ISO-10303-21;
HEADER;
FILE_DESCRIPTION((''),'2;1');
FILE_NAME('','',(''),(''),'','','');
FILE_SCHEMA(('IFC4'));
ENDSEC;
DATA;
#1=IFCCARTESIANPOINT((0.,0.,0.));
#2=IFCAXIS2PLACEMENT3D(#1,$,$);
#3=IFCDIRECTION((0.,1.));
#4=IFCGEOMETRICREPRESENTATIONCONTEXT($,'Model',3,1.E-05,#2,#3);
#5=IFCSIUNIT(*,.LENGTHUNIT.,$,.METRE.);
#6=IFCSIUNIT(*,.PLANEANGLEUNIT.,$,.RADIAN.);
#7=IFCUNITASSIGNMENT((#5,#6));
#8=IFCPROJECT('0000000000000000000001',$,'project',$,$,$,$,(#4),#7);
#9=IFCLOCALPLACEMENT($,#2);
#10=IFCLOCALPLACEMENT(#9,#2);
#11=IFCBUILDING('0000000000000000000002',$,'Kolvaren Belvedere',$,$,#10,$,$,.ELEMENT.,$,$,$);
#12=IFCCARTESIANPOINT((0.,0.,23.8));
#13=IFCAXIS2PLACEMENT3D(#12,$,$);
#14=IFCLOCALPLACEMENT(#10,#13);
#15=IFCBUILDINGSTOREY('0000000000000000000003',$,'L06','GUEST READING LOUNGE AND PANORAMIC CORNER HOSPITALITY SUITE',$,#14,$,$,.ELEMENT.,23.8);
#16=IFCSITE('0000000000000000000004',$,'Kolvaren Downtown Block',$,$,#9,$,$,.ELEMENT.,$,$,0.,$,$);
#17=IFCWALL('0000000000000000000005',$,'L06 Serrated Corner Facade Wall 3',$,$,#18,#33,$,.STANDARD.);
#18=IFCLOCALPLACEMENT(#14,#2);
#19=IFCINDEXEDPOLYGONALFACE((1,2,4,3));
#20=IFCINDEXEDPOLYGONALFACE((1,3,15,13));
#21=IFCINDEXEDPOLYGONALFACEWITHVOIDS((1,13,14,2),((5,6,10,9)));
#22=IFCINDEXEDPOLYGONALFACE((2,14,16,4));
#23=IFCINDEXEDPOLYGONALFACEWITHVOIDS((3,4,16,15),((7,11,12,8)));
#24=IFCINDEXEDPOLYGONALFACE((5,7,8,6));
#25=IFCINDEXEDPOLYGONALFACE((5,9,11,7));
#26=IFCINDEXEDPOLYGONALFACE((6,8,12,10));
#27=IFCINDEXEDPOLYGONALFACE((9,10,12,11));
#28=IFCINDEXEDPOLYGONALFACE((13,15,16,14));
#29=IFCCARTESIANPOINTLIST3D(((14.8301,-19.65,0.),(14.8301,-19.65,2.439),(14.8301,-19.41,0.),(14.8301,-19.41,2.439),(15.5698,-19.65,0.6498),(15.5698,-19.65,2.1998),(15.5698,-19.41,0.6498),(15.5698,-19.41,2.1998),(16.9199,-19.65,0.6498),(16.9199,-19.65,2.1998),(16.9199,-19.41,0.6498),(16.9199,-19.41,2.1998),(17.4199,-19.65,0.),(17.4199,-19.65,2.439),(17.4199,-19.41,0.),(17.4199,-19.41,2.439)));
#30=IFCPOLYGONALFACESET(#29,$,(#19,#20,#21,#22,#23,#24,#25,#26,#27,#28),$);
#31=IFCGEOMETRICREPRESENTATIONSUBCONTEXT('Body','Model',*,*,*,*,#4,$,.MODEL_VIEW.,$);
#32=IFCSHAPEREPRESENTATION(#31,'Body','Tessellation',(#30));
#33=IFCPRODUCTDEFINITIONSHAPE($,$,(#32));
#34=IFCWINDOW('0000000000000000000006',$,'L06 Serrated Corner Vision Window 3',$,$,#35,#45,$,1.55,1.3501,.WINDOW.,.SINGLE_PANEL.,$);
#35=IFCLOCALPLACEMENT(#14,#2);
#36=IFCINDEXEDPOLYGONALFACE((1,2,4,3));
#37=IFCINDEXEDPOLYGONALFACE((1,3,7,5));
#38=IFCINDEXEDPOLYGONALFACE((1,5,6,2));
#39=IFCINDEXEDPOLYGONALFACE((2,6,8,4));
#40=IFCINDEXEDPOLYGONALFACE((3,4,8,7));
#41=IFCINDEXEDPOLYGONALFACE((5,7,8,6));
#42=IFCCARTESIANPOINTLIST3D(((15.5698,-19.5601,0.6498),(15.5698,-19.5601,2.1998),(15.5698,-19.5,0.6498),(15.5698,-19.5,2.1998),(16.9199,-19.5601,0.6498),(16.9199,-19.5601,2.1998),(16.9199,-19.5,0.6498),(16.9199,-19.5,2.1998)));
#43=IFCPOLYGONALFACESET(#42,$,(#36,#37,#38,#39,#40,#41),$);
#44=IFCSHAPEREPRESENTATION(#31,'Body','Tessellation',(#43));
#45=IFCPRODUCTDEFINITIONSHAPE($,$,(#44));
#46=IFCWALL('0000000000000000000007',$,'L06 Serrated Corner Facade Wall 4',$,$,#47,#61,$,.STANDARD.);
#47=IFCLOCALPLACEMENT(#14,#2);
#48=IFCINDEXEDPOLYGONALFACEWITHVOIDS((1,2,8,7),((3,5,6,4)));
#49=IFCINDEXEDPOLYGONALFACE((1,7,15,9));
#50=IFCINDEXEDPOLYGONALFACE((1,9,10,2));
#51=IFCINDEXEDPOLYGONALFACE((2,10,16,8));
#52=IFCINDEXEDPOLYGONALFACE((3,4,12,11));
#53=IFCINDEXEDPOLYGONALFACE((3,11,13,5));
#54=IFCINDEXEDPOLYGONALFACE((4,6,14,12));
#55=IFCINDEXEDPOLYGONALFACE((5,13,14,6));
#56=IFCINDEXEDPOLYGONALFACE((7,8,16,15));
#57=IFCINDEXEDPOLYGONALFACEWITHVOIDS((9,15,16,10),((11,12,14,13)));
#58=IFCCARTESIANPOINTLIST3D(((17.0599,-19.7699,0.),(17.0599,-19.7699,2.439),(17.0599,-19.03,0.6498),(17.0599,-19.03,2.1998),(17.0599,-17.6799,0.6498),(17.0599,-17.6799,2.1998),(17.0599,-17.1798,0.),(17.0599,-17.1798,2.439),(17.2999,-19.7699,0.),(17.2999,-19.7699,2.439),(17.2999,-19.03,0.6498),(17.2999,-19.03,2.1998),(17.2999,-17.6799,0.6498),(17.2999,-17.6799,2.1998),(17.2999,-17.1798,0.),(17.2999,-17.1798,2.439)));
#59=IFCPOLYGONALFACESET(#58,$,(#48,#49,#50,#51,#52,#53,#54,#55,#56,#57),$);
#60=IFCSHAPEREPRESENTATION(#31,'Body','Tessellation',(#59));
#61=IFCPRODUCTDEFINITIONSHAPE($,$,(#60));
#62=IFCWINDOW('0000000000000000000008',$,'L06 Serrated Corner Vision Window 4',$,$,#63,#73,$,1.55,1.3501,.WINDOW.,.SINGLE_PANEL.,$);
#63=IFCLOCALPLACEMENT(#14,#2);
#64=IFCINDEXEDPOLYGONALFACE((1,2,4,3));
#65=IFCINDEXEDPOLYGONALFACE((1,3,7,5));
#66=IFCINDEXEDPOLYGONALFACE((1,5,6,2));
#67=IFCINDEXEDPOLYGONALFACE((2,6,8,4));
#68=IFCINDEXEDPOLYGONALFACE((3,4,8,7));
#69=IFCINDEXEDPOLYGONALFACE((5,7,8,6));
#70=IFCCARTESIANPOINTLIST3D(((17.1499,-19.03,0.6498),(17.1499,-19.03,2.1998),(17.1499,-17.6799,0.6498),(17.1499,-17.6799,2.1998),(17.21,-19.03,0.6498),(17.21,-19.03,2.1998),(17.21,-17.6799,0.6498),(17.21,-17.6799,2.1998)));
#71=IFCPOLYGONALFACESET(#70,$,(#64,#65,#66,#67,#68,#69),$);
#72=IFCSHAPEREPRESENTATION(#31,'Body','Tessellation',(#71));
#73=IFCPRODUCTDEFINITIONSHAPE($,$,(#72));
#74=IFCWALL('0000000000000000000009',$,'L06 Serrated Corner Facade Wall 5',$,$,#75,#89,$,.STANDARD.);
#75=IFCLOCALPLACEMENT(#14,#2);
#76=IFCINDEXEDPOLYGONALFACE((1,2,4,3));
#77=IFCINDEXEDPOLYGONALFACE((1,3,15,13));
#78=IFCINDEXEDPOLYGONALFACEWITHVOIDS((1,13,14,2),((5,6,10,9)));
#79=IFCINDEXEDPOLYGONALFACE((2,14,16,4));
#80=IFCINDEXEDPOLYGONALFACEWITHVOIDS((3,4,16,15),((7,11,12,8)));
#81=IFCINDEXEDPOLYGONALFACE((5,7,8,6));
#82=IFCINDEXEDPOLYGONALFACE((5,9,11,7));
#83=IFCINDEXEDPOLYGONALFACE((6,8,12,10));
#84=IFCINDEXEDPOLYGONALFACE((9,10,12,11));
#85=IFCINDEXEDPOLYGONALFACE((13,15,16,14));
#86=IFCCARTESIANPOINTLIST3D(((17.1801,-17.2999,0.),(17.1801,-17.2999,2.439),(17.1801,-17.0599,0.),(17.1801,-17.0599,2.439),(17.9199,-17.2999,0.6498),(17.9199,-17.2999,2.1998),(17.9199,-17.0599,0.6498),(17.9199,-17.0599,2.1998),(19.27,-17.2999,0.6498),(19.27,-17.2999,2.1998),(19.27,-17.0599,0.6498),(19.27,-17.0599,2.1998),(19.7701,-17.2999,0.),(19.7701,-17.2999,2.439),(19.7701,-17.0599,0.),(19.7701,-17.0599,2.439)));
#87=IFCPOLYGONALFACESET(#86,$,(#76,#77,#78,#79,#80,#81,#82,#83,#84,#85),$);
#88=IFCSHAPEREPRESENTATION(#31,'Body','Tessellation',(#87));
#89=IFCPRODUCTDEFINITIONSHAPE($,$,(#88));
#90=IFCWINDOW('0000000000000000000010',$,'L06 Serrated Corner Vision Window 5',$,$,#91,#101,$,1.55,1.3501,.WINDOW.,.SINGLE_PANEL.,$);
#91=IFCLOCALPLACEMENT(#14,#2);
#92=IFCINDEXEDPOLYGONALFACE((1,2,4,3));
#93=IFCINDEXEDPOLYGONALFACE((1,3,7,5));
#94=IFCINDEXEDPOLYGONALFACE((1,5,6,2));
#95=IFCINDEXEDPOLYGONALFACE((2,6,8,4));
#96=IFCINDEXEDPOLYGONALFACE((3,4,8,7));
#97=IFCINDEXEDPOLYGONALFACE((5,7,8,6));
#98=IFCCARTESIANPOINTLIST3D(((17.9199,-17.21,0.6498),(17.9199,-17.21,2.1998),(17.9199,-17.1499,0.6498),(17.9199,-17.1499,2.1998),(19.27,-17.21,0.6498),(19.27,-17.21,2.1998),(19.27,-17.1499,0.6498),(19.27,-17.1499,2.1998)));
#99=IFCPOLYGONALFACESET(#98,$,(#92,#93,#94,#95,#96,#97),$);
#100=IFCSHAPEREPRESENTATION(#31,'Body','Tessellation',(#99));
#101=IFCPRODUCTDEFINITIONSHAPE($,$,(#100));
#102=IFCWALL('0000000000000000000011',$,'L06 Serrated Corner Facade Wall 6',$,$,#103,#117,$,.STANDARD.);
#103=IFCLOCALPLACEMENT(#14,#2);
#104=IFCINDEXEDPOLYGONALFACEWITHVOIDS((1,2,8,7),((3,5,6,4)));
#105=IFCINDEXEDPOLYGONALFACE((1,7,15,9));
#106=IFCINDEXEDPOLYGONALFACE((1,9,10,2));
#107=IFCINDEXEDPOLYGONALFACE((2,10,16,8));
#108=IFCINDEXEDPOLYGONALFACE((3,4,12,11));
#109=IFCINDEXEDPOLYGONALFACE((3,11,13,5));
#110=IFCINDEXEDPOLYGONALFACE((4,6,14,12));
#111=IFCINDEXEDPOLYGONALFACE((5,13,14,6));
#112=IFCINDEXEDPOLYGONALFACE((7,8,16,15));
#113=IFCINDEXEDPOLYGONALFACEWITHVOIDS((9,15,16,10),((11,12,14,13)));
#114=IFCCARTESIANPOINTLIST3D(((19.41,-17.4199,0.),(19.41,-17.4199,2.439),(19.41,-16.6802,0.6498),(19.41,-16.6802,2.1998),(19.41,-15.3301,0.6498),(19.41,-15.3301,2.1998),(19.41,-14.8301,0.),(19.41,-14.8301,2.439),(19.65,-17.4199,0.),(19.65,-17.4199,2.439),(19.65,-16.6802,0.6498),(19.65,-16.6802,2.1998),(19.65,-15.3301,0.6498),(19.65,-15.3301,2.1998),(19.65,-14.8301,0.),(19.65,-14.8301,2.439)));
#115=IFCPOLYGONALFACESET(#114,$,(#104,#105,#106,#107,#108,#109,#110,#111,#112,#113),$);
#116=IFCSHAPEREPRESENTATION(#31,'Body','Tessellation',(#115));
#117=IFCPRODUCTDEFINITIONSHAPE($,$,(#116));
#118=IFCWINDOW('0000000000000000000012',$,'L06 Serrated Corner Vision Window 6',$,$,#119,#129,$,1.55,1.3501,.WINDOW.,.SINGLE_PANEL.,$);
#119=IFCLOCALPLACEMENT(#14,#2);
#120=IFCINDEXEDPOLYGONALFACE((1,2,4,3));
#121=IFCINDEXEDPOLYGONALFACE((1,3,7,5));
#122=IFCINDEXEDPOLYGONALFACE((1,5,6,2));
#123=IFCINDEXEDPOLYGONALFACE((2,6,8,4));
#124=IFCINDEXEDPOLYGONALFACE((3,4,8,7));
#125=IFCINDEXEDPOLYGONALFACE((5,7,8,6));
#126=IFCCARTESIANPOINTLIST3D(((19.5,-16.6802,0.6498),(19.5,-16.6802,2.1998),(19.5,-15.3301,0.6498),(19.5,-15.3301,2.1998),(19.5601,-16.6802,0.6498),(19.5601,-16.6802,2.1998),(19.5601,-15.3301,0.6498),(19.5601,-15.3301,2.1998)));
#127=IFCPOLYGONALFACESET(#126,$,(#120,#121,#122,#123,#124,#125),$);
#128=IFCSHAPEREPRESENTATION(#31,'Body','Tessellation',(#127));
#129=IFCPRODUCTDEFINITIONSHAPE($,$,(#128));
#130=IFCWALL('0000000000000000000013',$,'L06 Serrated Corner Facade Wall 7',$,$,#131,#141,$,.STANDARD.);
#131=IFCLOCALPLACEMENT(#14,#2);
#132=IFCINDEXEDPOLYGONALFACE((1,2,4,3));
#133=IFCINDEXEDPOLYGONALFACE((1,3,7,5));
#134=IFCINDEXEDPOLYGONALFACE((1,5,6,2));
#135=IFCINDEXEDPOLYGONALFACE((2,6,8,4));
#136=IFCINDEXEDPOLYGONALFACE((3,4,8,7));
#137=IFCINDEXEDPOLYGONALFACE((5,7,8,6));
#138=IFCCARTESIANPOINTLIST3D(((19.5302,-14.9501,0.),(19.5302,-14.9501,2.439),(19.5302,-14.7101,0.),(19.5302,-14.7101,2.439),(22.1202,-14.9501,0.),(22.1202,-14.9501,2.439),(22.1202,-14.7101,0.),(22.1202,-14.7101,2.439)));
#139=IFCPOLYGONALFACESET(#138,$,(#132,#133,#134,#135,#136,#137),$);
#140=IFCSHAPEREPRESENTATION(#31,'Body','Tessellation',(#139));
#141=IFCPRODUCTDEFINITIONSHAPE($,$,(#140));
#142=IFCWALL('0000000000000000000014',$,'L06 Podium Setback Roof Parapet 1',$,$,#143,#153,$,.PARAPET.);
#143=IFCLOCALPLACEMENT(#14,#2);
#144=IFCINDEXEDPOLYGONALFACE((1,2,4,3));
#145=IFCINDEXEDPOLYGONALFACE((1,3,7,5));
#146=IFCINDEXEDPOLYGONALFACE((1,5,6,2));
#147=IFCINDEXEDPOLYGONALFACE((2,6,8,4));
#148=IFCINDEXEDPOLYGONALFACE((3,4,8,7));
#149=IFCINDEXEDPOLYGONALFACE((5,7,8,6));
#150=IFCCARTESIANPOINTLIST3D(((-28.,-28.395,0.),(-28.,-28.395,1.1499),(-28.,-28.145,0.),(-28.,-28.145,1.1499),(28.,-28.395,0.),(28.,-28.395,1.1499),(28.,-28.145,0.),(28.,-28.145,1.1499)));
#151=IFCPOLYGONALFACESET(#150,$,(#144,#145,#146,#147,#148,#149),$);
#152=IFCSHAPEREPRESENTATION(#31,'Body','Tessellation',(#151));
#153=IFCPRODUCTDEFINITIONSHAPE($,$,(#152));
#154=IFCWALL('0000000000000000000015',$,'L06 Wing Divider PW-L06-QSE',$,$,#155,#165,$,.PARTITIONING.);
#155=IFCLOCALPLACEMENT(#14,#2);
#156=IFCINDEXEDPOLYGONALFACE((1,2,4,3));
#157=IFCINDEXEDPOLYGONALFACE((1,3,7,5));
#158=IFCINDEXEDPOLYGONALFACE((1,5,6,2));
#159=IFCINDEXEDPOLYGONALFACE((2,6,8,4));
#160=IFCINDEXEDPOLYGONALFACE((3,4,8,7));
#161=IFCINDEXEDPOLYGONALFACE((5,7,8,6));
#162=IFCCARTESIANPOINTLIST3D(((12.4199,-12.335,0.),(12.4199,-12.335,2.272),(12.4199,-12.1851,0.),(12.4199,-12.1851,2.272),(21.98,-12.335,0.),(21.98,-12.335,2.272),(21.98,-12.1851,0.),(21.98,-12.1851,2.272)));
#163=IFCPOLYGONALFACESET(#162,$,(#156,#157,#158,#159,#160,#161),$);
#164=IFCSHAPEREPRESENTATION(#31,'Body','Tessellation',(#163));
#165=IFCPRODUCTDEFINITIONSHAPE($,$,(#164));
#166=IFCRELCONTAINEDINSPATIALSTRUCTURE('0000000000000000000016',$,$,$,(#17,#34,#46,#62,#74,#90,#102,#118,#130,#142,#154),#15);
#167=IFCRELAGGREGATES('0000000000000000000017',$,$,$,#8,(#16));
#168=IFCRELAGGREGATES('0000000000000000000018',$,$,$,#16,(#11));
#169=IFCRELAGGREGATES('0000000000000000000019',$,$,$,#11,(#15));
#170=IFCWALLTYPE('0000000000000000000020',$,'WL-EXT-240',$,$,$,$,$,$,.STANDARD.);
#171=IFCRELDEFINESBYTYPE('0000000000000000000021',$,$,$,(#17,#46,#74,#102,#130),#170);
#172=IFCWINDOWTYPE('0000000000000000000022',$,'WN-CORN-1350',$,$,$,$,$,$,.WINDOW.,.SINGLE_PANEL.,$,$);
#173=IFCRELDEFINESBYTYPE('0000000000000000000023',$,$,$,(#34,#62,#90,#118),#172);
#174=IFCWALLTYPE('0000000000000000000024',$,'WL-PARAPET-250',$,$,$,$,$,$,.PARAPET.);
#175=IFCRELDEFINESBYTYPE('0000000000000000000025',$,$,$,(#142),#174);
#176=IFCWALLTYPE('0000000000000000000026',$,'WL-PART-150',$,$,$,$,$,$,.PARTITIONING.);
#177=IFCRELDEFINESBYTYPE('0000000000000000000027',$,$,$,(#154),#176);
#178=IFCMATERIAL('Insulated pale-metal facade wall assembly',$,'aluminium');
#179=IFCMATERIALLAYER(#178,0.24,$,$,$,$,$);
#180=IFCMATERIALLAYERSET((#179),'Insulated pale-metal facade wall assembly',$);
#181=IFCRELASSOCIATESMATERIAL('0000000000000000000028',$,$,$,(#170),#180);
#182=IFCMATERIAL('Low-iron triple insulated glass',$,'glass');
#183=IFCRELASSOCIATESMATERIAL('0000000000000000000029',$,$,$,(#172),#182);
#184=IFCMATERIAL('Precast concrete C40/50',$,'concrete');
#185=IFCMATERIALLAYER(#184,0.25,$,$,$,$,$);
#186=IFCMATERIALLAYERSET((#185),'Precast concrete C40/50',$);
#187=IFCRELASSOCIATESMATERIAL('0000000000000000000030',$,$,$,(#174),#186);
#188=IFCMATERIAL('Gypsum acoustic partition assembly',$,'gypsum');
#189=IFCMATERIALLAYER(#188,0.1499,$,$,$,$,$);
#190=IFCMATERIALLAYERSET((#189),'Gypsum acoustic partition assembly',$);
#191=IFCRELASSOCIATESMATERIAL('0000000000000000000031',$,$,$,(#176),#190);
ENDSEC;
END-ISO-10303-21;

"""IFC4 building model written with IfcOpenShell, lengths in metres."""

from ifc_helpers import new_model, si_unit, direction, frame, frame_2d, origin, place, context, subcontext, project, spatial, rectangle, extrude, material, layer, layer_set, type_object, element, fill, save


model = new_model("IFC4")

# Units and contexts
model_context = context("Model", 3, precision=1e-05, world=origin(), true_north=direction((0.0, 1.0)))
body_context = subcontext(model_context, "Body", "Model", "MODEL_VIEW")
ifc_project = project(units=[si_unit("LENGTHUNIT", "METRE"), si_unit("PLANEANGLEUNIT", "RADIAN")], contexts=[model_context])

# Site, building, storey
site_placement = place(None, origin())
site = spatial("IfcSite", under=ifc_project, at=site_placement, Name="Kolvaren Downtown Block", CompositionType="ELEMENT", RefElevation=0.0)
building_placement = place(site_placement, origin())
building = spatial("IfcBuilding", under=site, at=building_placement, Name="Kolvaren Belvedere", CompositionType="ELEMENT")
storey_placement = place(building_placement, frame((0.0, 0.0, 23.8)))
storey = spatial("IfcBuildingStorey", under=building, at=storey_placement, Name="L06", Description="GUEST READING LOUNGE AND PANORAMIC CORNER HOSPITALITY SUITE", CompositionType="ELEMENT", Elevation=23.8)

# Shared definitions
ifc_material_1 = material(Name="Insulated pale-metal facade wall assembly", Category="aluminium")
ifc_layer_1 = layer(ifc_material_1, 0.24)
ifc_layer_set_1 = layer_set([ifc_layer_1], Name="Insulated pale-metal facade wall assembly")
wall_type_1 = type_object("IfcWallType", Name="WL-EXT-240", PredefinedType="STANDARD", material=ifc_layer_set_1)

# Walls, openings, windows
wall_1_placement = place(storey_placement, frame((17.4199, -19.53, 0.0), z_axis=(0.0, 0.0, 1.0), x_axis=(-1.0, 0.0, 0.0)))
wall_1 = element("IfcWall", 1, at=wall_1_placement, inside=storey, type_object=wall_type_1, Name="L06 Serrated Corner Facade Wall 3", PredefinedType="STANDARD", context=body_context, shape_type="SweptSolid", body=[
    extrude(rectangle(XDim=2.5898, YDim=0.24, at=frame_2d((1.2949, 0.0))), origin(), (0.0, 0.0, 1.0), 2.439),
])
opening_1_placement = place(wall_1_placement, frame((0.5, 0.0, 0.6499)))
opening_1 = element("IfcOpeningElement", 2, at=opening_1_placement, cuts=wall_1, PredefinedType="OPENING", context=body_context, shape_type="SweptSolid", body=[
    extrude(rectangle(XDim=1.3501, YDim=1.55, at=frame_2d((0.675, 0.7749))), frame((0.0, 0.1299, 0.0), z_axis=(0.0, -1.0, 0.0), x_axis=(1.0, 0.0, 0.0)), (0.0, 0.0, 1.0), 0.26),
])
ifc_material_2 = material(Name="Low-iron triple insulated glass", Category="glass")
window_type = type_object("IfcWindowType", Name="WN-CORN-1350", PartitioningType="SINGLE_PANEL", PredefinedType="WINDOW", material=ifc_material_2)
window_1_placement = place(opening_1_placement, origin())
window_1 = element("IfcWindow", 3, at=window_1_placement, inside=storey, type_object=window_type, Name="L06 Serrated Corner Vision Window 3", OverallHeight=1.55, OverallWidth=1.3501, PartitioningType="SINGLE_PANEL", PredefinedType="WINDOW", context=body_context, shape_type="SweptSolid", body=[
    extrude(rectangle(XDim=1.3501, YDim=1.55, at=frame_2d((0.675, 0.7749))), frame((0.0, 0.03, 0.0), z_axis=(0.0, -1.0, 0.0), x_axis=(1.0, 0.0, 0.0)), (0.0, 0.0, 1.0), 0.0601),
])
fill(opening_1, window_1)
wall_2_placement = place(storey_placement, frame((17.1799, -17.1799, 0.0), z_axis=(0.0, 0.0, 1.0), x_axis=(0.0, -1.0, 0.0)))
wall_2 = element("IfcWall", 4, at=wall_2_placement, inside=storey, type_object=wall_type_1, Name="L06 Serrated Corner Facade Wall 4", PredefinedType="STANDARD", context=body_context, shape_type="SweptSolid", body=[
    extrude(rectangle(XDim=2.5901, YDim=0.24, at=frame_2d((1.2949, 0.0))), origin(), (0.0, 0.0, 1.0), 2.439),
])
opening_2_placement = place(wall_2_placement, frame((0.5, 0.0, 0.6499)))
opening_2 = element("IfcOpeningElement", 5, at=opening_2_placement, cuts=wall_2, PredefinedType="OPENING", context=body_context, shape_type="SweptSolid", body=[
    extrude(rectangle(XDim=1.3501, YDim=1.55, at=frame_2d((0.675, 0.7749))), frame((0.0, 0.1299, 0.0), z_axis=(0.0, -1.0, 0.0), x_axis=(1.0, 0.0, 0.0)), (0.0, 0.0, 1.0), 0.26),
])
window_2_placement = place(opening_2_placement, origin())
window_2 = element("IfcWindow", 6, at=window_2_placement, inside=storey, type_object=window_type, Name="L06 Serrated Corner Vision Window 4", OverallHeight=1.55, OverallWidth=1.3501, PartitioningType="SINGLE_PANEL", PredefinedType="WINDOW", context=body_context, shape_type="SweptSolid", body=[
    extrude(rectangle(XDim=1.3501, YDim=1.55, at=frame_2d((0.675, 0.7749))), frame((0.0, 0.03, 0.0), z_axis=(0.0, -1.0, 0.0), x_axis=(1.0, 0.0, 0.0)), (0.0, 0.0, 1.0), 0.0601),
])
fill(opening_2, window_2)
wall_3_placement = place(storey_placement, frame((19.77, -17.1799, 0.0), z_axis=(0.0, 0.0, 1.0), x_axis=(-1.0, 0.0, 0.0)))
wall_3 = element("IfcWall", 7, at=wall_3_placement, inside=storey, type_object=wall_type_1, Name="L06 Serrated Corner Facade Wall 5", PredefinedType="STANDARD", context=body_context, shape_type="SweptSolid", body=[
    extrude(rectangle(XDim=2.5901, YDim=0.24, at=frame_2d((1.2949, 0.0))), origin(), (0.0, 0.0, 1.0), 2.439),
])
opening_3_placement = place(wall_3_placement, frame((0.5, 0.0, 0.6499)))
opening_3 = element("IfcOpeningElement", 8, at=opening_3_placement, cuts=wall_3, PredefinedType="OPENING", context=body_context, shape_type="SweptSolid", body=[
    extrude(rectangle(XDim=1.3501, YDim=1.55, at=frame_2d((0.675, 0.7749))), frame((0.0, 0.1299, 0.0), z_axis=(0.0, -1.0, 0.0), x_axis=(1.0, 0.0, 0.0)), (0.0, 0.0, 1.0), 0.26),
])
window_3_placement = place(opening_3_placement, origin())
window_3 = element("IfcWindow", 9, at=window_3_placement, inside=storey, type_object=window_type, Name="L06 Serrated Corner Vision Window 5", OverallHeight=1.55, OverallWidth=1.3501, PartitioningType="SINGLE_PANEL", PredefinedType="WINDOW", context=body_context, shape_type="SweptSolid", body=[
    extrude(rectangle(XDim=1.3501, YDim=1.55, at=frame_2d((0.675, 0.7749))), frame((0.0, 0.03, 0.0), z_axis=(0.0, -1.0, 0.0), x_axis=(1.0, 0.0, 0.0)), (0.0, 0.0, 1.0), 0.0601),
])
fill(opening_3, window_3)
wall_4_placement = place(storey_placement, frame((19.53, -14.8301, 0.0), z_axis=(0.0, 0.0, 1.0), x_axis=(0.0, -1.0, 0.0)))
wall_4 = element("IfcWall", 10, at=wall_4_placement, inside=storey, type_object=wall_type_1, Name="L06 Serrated Corner Facade Wall 6", PredefinedType="STANDARD", context=body_context, shape_type="SweptSolid", body=[
    extrude(rectangle(XDim=2.5898, YDim=0.24, at=frame_2d((1.2949, 0.0))), origin(), (0.0, 0.0, 1.0), 2.439),
])
opening_4_placement = place(wall_4_placement, frame((0.5, 0.0, 0.6499)))
opening_4 = element("IfcOpeningElement", 11, at=opening_4_placement, cuts=wall_4, PredefinedType="OPENING", context=body_context, shape_type="SweptSolid", body=[
    extrude(rectangle(XDim=1.3501, YDim=1.55, at=frame_2d((0.675, 0.7749))), frame((0.0, 0.1299, 0.0), z_axis=(0.0, -1.0, 0.0), x_axis=(1.0, 0.0, 0.0)), (0.0, 0.0, 1.0), 0.26),
])
window_4_placement = place(opening_4_placement, origin())
window_4 = element("IfcWindow", 12, at=window_4_placement, inside=storey, type_object=window_type, Name="L06 Serrated Corner Vision Window 6", OverallHeight=1.55, OverallWidth=1.3501, PartitioningType="SINGLE_PANEL", PredefinedType="WINDOW", context=body_context, shape_type="SweptSolid", body=[
    extrude(rectangle(XDim=1.3501, YDim=1.55, at=frame_2d((0.675, 0.7749))), frame((0.0, 0.03, 0.0), z_axis=(0.0, -1.0, 0.0), x_axis=(1.0, 0.0, 0.0)), (0.0, 0.0, 1.0), 0.0601),
])
fill(opening_4, window_4)

# Walls
wall_5_placement = place(storey_placement, frame((22.1201, -14.8301, 0.0), z_axis=(0.0, 0.0, 1.0), x_axis=(-1.0, 0.0, 0.0)))
element("IfcWall", 13, at=wall_5_placement, inside=storey, type_object=wall_type_1, Name="L06 Serrated Corner Facade Wall 7", PredefinedType="STANDARD", context=body_context, shape_type="SweptSolid", body=[
    extrude(rectangle(XDim=2.5901, YDim=0.24, at=frame_2d((1.2949, 0.0))), origin(), (0.0, 0.0, 1.0), 2.439),
])
ifc_material_3 = material(Name="Precast concrete C40/50", Category="concrete")
ifc_layer_2 = layer(ifc_material_3, 0.25)
ifc_layer_set_2 = layer_set([ifc_layer_2], Name="Precast concrete C40/50")
wall_type_2 = type_object("IfcWallType", Name="WL-PARAPET-250", PredefinedType="PARAPET", material=ifc_layer_set_2)
wall_6_placement = place(storey_placement, frame((28.0, -28.27, 0.0), z_axis=(0.0, 0.0, 1.0), x_axis=(-1.0, 0.0, 0.0)))
element("IfcWall", 14, at=wall_6_placement, inside=storey, type_object=wall_type_2, Name="L06 Podium Setback Roof Parapet 1", PredefinedType="PARAPET", context=body_context, shape_type="SweptSolid", body=[
    extrude(rectangle(XDim=56.0, YDim=0.25, at=frame_2d((28.0, 0.0))), origin(), (0.0, 0.0, 1.0), 1.1499),
])
ifc_material_4 = material(Name="Gypsum acoustic partition assembly", Category="gypsum")
ifc_layer_3 = layer(ifc_material_4, 0.1499)
ifc_layer_set_3 = layer_set([ifc_layer_3], Name="Gypsum acoustic partition assembly")
wall_type_3 = type_object("IfcWallType", Name="WL-PART-150", PredefinedType="PARTITIONING", material=ifc_layer_set_3)
wall_7_placement = place(storey_placement, frame((12.4199, -12.26, 0.0), z_axis=(0.0, 0.0, 1.0), x_axis=(1.0, 0.0, 0.0)))
element("IfcWall", 15, at=wall_7_placement, inside=storey, type_object=wall_type_3, Name="L06 Wing Divider PW-L06-QSE", PredefinedType="PARTITIONING", context=body_context, shape_type="SweptSolid", body=[
    extrude(rectangle(XDim=9.5601, YDim=0.1499, at=frame_2d((4.78, 0.0))), origin(), (0.0, 0.0, 1.0), 2.272),
])

save(model, "model.ifc")
